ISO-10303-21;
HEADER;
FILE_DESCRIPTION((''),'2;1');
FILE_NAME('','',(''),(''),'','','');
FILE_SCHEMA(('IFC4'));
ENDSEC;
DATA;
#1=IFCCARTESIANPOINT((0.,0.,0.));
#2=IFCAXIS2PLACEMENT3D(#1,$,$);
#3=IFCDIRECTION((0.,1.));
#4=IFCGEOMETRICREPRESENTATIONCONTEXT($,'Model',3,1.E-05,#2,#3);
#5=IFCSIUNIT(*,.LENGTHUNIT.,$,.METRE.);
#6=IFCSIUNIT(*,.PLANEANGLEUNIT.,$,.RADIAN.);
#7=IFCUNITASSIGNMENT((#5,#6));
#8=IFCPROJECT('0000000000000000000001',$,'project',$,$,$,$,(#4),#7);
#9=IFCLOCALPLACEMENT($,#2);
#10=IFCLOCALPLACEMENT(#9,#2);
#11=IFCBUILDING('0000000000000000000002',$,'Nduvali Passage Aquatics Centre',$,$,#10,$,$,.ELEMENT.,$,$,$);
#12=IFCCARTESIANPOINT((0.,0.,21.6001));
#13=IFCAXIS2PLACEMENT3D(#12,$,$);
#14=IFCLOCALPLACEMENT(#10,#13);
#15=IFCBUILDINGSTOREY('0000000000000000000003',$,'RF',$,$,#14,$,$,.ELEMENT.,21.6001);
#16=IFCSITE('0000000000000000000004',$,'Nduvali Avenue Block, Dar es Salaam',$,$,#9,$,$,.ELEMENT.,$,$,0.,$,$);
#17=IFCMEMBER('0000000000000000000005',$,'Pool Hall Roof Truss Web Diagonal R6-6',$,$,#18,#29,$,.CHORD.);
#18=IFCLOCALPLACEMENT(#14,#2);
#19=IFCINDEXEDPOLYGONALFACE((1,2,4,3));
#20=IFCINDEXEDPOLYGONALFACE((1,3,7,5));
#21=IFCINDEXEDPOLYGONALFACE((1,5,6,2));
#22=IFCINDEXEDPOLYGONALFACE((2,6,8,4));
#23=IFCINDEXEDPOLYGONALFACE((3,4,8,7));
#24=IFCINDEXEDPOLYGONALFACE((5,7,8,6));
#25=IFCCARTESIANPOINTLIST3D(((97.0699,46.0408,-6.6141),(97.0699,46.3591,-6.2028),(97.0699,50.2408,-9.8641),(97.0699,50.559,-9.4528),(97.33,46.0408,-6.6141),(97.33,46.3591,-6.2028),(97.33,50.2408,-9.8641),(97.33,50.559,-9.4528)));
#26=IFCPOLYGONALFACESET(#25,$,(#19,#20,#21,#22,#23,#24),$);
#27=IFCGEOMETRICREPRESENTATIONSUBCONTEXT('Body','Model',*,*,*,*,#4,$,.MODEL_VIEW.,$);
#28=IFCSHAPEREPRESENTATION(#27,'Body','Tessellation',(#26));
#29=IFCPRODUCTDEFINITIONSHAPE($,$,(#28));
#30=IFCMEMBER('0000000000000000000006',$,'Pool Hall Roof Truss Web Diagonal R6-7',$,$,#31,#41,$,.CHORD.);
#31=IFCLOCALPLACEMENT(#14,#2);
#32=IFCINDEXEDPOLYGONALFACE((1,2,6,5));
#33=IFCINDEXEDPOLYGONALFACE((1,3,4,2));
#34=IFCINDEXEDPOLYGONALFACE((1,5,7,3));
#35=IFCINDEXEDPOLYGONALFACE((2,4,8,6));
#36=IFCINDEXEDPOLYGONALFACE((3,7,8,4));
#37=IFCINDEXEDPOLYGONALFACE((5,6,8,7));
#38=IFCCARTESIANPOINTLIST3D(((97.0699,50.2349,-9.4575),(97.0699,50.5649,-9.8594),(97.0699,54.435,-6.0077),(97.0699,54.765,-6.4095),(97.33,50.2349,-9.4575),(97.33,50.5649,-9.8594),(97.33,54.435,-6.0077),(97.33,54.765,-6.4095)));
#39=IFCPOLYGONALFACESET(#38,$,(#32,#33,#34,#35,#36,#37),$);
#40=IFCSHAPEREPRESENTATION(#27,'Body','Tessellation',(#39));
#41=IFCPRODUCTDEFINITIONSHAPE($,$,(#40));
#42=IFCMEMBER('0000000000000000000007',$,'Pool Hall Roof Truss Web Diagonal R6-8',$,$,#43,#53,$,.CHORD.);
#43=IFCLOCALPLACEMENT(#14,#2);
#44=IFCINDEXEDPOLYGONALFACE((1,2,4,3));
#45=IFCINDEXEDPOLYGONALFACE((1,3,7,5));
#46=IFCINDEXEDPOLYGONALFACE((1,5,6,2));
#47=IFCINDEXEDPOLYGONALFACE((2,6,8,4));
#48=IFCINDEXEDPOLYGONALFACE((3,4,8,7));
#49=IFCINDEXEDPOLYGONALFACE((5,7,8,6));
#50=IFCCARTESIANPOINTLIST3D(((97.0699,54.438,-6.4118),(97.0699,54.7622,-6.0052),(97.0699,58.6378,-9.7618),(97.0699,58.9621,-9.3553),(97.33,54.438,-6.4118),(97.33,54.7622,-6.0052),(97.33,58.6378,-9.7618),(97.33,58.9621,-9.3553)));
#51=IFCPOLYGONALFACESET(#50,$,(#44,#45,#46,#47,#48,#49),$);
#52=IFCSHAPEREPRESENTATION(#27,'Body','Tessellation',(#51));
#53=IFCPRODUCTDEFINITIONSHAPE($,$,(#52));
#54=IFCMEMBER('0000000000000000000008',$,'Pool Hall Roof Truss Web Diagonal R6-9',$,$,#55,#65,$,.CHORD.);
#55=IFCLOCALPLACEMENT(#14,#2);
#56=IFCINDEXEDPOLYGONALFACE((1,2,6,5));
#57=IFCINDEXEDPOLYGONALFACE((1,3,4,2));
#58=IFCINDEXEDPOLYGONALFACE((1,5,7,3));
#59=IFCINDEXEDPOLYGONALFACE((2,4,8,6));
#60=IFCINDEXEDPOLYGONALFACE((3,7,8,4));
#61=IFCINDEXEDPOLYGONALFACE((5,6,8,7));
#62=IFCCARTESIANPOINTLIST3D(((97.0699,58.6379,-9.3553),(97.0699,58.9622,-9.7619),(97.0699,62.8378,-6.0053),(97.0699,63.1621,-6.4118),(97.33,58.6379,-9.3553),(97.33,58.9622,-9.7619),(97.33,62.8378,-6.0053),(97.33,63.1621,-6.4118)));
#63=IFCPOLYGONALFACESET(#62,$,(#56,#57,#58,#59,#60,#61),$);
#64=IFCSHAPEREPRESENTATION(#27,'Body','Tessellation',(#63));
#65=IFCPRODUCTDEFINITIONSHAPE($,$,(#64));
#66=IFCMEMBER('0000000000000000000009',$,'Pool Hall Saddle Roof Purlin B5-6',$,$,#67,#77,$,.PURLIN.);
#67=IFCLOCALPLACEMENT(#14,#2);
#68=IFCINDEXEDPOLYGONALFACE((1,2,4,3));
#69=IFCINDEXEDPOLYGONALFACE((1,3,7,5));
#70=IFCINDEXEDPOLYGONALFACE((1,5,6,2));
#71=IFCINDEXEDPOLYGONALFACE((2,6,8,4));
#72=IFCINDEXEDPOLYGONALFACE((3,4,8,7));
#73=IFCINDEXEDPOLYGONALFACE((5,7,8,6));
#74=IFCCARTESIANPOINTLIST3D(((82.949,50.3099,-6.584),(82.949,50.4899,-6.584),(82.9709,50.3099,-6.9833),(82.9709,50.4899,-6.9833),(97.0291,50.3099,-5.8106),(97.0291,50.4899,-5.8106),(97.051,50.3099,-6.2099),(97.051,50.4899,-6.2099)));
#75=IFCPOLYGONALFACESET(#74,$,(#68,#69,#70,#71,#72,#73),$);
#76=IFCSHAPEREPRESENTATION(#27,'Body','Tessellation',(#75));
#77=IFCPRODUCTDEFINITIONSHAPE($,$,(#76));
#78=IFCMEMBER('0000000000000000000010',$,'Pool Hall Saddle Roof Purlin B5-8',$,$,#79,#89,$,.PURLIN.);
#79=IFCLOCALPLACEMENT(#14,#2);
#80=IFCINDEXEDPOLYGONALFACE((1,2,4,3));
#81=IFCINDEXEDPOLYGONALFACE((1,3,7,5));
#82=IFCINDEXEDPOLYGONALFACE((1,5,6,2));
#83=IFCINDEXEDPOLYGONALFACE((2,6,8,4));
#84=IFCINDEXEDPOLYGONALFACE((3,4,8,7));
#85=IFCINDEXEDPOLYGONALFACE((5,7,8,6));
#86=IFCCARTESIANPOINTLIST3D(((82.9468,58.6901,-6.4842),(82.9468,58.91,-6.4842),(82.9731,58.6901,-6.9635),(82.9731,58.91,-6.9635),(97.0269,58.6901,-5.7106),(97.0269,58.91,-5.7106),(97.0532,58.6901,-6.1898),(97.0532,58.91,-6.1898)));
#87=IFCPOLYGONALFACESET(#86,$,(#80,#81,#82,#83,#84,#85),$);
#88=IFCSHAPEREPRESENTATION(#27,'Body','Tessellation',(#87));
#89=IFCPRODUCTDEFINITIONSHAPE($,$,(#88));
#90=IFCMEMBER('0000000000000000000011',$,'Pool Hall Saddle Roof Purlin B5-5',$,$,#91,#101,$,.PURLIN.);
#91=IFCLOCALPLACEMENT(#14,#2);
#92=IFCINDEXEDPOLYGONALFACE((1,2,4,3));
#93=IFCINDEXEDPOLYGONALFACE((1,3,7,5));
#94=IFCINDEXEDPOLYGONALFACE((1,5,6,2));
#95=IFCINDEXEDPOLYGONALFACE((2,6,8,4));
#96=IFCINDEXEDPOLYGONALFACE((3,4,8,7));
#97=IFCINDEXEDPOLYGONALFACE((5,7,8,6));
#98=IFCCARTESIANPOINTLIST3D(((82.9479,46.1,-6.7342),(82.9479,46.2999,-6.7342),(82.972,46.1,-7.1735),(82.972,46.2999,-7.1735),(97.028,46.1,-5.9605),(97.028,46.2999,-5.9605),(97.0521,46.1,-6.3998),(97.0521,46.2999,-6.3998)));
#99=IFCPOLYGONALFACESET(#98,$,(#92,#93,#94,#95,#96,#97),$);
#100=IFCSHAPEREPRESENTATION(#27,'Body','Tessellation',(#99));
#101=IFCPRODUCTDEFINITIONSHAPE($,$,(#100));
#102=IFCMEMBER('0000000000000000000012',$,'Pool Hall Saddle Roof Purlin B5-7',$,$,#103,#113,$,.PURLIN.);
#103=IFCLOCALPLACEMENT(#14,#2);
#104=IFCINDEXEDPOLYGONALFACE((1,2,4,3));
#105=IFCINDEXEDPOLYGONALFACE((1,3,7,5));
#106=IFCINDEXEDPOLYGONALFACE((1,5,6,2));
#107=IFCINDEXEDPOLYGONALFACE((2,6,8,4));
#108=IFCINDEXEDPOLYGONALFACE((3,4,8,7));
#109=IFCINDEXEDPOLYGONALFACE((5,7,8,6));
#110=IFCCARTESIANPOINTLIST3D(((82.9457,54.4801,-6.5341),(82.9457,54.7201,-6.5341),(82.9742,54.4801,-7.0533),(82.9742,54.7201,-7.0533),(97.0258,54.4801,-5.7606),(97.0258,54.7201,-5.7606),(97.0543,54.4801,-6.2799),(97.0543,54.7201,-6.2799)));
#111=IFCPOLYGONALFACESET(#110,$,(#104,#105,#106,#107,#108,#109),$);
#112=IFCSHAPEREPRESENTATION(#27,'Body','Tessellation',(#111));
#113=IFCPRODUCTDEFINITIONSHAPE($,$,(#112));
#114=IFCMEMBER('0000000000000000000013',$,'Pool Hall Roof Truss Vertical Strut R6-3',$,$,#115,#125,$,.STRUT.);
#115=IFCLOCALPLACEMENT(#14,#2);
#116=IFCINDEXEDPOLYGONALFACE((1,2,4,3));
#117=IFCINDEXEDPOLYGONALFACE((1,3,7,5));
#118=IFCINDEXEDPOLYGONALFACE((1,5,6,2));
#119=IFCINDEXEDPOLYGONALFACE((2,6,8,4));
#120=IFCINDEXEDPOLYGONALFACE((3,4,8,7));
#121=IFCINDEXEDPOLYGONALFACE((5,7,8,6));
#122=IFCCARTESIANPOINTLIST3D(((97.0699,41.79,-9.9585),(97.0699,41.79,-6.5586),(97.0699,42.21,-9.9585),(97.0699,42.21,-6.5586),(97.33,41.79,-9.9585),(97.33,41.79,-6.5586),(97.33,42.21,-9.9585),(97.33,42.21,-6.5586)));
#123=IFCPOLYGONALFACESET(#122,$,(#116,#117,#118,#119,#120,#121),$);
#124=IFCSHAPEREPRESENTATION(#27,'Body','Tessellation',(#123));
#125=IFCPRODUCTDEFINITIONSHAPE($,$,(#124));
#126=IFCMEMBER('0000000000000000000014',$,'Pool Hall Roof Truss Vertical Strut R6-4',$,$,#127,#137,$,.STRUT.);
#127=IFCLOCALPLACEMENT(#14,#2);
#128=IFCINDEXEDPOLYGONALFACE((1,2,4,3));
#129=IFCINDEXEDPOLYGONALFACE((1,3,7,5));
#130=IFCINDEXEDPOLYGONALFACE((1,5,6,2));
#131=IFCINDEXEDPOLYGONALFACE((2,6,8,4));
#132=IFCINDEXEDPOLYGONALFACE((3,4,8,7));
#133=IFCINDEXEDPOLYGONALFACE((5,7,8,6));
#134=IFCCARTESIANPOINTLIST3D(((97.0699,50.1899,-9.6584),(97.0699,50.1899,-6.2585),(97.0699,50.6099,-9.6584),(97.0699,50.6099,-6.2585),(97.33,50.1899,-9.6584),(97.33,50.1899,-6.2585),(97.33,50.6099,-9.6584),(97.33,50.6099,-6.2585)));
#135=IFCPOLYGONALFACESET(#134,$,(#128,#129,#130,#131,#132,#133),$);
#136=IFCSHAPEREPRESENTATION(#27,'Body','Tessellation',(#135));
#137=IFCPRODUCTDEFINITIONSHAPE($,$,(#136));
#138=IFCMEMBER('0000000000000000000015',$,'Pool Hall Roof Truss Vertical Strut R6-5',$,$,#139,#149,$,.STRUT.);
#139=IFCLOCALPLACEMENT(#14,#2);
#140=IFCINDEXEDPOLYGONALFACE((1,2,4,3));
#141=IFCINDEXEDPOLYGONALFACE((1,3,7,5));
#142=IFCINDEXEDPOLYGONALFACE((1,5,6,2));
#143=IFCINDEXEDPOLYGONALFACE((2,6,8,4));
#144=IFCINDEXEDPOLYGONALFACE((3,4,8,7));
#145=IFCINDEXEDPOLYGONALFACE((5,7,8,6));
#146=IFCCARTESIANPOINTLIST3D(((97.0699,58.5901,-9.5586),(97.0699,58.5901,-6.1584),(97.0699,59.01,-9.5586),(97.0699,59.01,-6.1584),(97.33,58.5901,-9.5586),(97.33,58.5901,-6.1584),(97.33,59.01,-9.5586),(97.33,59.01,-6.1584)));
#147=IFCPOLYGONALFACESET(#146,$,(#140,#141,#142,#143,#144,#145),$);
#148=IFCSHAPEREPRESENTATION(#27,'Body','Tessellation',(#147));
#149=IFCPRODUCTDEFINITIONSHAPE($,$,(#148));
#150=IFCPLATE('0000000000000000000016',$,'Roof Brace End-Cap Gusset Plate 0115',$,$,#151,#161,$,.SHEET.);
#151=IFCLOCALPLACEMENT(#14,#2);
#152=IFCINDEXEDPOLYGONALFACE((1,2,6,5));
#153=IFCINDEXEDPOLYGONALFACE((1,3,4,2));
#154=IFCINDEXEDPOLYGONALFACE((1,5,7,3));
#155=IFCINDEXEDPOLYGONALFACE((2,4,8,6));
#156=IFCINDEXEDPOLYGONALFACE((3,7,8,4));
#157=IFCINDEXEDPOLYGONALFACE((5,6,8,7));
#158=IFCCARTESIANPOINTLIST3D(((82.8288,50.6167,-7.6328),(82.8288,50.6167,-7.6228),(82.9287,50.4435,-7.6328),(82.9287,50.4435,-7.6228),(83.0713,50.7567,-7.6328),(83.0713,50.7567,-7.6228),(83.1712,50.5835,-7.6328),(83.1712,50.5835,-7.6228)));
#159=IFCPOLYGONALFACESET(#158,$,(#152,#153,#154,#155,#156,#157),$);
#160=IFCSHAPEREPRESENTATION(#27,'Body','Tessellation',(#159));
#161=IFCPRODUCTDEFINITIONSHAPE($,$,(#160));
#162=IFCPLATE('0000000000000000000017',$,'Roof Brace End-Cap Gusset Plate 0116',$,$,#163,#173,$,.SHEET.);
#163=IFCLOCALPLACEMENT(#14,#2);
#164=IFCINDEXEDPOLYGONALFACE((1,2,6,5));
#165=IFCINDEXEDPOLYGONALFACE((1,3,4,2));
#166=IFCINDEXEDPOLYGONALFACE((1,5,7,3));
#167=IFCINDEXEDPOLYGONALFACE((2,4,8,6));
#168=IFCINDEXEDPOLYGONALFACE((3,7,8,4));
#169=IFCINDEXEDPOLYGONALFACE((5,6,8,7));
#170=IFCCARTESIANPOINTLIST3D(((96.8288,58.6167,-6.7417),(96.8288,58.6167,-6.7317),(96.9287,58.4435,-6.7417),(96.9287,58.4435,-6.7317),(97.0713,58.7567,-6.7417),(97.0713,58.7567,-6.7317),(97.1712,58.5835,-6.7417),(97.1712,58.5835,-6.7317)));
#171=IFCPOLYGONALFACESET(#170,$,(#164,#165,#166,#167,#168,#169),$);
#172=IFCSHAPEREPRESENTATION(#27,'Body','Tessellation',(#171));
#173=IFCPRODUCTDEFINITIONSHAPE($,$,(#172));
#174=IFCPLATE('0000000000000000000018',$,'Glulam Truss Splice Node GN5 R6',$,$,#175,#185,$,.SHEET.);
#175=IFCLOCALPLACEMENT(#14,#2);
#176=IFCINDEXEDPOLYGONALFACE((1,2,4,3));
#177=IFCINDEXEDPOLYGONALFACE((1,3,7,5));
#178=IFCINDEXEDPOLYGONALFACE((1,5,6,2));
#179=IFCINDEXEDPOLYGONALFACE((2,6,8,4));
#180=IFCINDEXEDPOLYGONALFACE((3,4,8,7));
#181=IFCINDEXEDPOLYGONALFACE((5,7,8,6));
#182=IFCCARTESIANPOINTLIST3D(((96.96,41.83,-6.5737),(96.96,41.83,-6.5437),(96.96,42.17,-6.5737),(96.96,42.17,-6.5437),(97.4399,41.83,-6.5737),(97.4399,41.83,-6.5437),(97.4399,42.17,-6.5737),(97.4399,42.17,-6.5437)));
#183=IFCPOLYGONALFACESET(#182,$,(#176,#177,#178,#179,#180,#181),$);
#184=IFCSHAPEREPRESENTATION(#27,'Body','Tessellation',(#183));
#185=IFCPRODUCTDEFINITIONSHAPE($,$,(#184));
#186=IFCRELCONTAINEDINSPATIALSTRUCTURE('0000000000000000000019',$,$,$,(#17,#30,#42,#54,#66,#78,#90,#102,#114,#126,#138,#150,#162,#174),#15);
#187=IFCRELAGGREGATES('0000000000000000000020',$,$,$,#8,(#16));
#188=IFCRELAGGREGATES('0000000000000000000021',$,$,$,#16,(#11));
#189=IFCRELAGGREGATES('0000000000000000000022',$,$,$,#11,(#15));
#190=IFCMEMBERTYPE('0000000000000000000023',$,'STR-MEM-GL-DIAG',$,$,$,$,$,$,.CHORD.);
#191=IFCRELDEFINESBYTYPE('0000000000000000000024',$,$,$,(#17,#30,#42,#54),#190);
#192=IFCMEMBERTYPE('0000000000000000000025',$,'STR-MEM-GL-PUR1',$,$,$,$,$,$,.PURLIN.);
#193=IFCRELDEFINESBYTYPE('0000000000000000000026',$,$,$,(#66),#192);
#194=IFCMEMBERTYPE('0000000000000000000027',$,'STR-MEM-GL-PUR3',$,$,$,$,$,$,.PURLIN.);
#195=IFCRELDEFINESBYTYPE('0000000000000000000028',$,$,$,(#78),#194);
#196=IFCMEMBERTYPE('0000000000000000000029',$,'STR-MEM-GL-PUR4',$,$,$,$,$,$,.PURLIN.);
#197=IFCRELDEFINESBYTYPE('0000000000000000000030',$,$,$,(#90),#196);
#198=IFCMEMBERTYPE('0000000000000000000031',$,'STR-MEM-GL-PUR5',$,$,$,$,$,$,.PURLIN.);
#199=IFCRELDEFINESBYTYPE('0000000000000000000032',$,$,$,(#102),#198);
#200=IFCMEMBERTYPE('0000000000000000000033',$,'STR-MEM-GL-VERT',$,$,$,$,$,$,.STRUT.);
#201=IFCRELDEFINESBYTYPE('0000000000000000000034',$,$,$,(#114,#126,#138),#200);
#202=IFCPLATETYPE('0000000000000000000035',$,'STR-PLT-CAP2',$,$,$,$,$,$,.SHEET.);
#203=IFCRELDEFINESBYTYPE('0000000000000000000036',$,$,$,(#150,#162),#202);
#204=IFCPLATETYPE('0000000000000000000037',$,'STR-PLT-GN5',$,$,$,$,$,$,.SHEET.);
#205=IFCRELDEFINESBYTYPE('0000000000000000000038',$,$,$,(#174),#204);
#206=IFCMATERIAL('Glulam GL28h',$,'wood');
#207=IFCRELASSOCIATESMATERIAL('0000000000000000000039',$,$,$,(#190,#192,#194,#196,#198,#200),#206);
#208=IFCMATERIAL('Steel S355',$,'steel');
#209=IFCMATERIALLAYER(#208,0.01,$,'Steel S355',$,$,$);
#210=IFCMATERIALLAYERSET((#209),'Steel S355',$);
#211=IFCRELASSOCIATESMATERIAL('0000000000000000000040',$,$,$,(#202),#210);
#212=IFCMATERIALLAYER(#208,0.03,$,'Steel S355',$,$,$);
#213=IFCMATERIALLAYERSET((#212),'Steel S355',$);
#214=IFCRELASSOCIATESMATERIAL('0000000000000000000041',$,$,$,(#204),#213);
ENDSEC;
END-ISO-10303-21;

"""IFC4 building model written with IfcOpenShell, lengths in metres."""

from ifc_helpers import new_model, si_unit, direction, frame, origin, origin_2d, place, context, subcontext, project, spatial, rectangle, extrude, material, layer, layer_set, material_profile, profile_set, type_object, element, save


model = new_model("IFC4")

# Units and contexts
model_context = context("Model", 3, precision=1e-05, world=origin(), true_north=direction((0.0, 1.0)))
body_context = subcontext(model_context, "Body", "Model", "MODEL_VIEW")
ifc_project = project(units=[si_unit("LENGTHUNIT", "METRE"), si_unit("PLANEANGLEUNIT", "RADIAN")], contexts=[model_context])

# Site, building, storey
site_placement = place(None, origin())
site = spatial("IfcSite", under=ifc_project, at=site_placement, Name="Nduvali Avenue Block, Dar es Salaam", CompositionType="ELEMENT", RefElevation=0.0)
building_placement = place(site_placement, origin())
building = spatial("IfcBuilding", under=site, at=building_placement, Name="Nduvali Passage Aquatics Centre", CompositionType="ELEMENT")
storey_placement = place(building_placement, frame((0.0, 0.0, 21.6001)))
storey = spatial("IfcBuildingStorey", under=building, at=storey_placement, Name="RF", CompositionType="ELEMENT", Elevation=21.6001)

# Members
ifc_material_1 = material(Name="Steel S355", Category="steel")
ifc_material_2 = material(Name="Glulam GL28h", Category="wood")
ifc_material_profile_1 = material_profile(ifc_material_2, rectangle(XDim=0.26, YDim=0.52, at=origin_2d()), Name="GL28h 260x520")
ifc_profile_set_1 = profile_set([ifc_material_profile_1], Name="Glulam GL28h")
member_type_1 = type_object("IfcMemberType", Name="STR-MEM-GL-DIAG", PredefinedType="CHORD", material=ifc_profile_set_1)
member_1_placement = place(storey_placement, frame((97.2, 46.2, -6.4084), z_axis=(0.0, 0.790867, -0.611988), x_axis=(-1.0, 0.0, 0.0)))
element("IfcMember", 1, at=member_1_placement, inside=storey, type_object=member_type_1, Name="Pool Hall Roof Truss Web Diagonal R6-6", PredefinedType="CHORD", context=body_context, shape_type="SweptSolid", body=[
    extrude(rectangle(XDim=0.26, YDim=0.52, at=origin_2d()), origin(), (0.0, 0.0, 1.0), 5.3105),
])
member_2_placement = place(storey_placement, frame((97.2, 50.3999, -9.6584), z_axis=(0.0, 0.772745, 0.634716), x_axis=(-1.0, 0.0, 0.0)))
element("IfcMember", 2, at=member_2_placement, inside=storey, type_object=member_type_1, Name="Pool Hall Roof Truss Web Diagonal R6-7", PredefinedType="CHORD", context=body_context, shape_type="SweptSolid", body=[
    extrude(rectangle(XDim=0.26, YDim=0.52, at=origin_2d()), origin(), (0.0, 0.0, 1.0), 5.4353),
])
for number, where, z_axis, x_axis, name in (
    (3, (97.2, 54.6001, -6.2085), (0.0, 0.781764, -0.623575), (-1.0, 0.0, 0.0), "Pool Hall Roof Truss Web Diagonal R6-8"),
    (4, (97.2, 58.8, -9.5586), (0.0, 0.781764, 0.623575), (-1.0, 0.0, 0.0), "Pool Hall Roof Truss Web Diagonal R6-9"),
):
    element("IfcMember", number, at=place(storey_placement, frame(where, z_axis=z_axis, x_axis=x_axis)), inside=storey, type_object=member_type_1, Name=name, PredefinedType="CHORD", context=body_context, shape_type="SweptSolid", body=[
        extrude(rectangle(XDim=0.26, YDim=0.52, at=origin_2d()), origin(), (0.0, 0.0, 1.0), 5.3723),
    ])
ifc_material_profile_2 = material_profile(ifc_material_2, rectangle(XDim=0.1799, YDim=0.3999, at=origin_2d()), Name="GL28h 180x400")
ifc_profile_set_2 = profile_set([ifc_material_profile_2], Name="Glulam GL28h")
member_type_2 = type_object("IfcMemberType", Name="STR-MEM-GL-PUR1", PredefinedType="PURLIN", material=ifc_profile_set_2)
member_3_placement = place(storey_placement, frame((82.96, 50.3999, -6.7837), z_axis=(0.998495, 0.0, 0.054849), x_axis=(0.0, 1.0, 0.0)))
element("IfcMember", 5, at=member_3_placement, inside=storey, type_object=member_type_2, Name="Pool Hall Saddle Roof Purlin B5-6", PredefinedType="PURLIN", context=body_context, shape_type="SweptSolid", body=[
    extrude(rectangle(XDim=0.1799, YDim=0.3999, at=origin_2d()), origin(), (0.0, 0.0, 1.0), 14.1013),
])
ifc_material_profile_3 = material_profile(ifc_material_2, rectangle(XDim=0.22, YDim=0.48, at=origin_2d()), Name="GL28h 220x480")
ifc_profile_set_3 = profile_set([ifc_material_profile_3], Name="Glulam GL28h")
member_type_3 = type_object("IfcMemberType", Name="STR-MEM-GL-PUR3", PredefinedType="PURLIN", material=ifc_profile_set_3)
member_4_placement = place(storey_placement, frame((82.96, 58.8, -6.7239), z_axis=(0.998494, 0.0, 0.054866), x_axis=(0.0, 1.0, 0.0)))
element("IfcMember", 6, at=member_4_placement, inside=storey, type_object=member_type_3, Name="Pool Hall Saddle Roof Purlin B5-8", PredefinedType="PURLIN", context=body_context, shape_type="SweptSolid", body=[
    extrude(rectangle(XDim=0.22, YDim=0.48, at=origin_2d()), origin(), (0.0, 0.0, 1.0), 14.1013),
])
ifc_material_profile_4 = material_profile(ifc_material_2, rectangle(XDim=0.2, YDim=0.4399, at=origin_2d()), Name="GL28h 200x440")
ifc_profile_set_4 = profile_set([ifc_material_profile_4], Name="Glulam GL28h")
member_type_4 = type_object("IfcMemberType", Name="STR-MEM-GL-PUR4", PredefinedType="PURLIN", material=ifc_profile_set_4)
member_5_placement = place(storey_placement, frame((82.96, 46.2, -6.9539), z_axis=(0.998494, 0.0, 0.054866), x_axis=(0.0, 1.0, 0.0)))
element("IfcMember", 7, at=member_5_placement, inside=storey, type_object=member_type_4, Name="Pool Hall Saddle Roof Purlin B5-5", PredefinedType="PURLIN", context=body_context, shape_type="SweptSolid", body=[
    extrude(rectangle(XDim=0.2, YDim=0.4399, at=origin_2d()), origin(), (0.0, 0.0, 1.0), 14.1013),
])
ifc_material_profile_5 = material_profile(ifc_material_2, rectangle(XDim=0.24, YDim=0.52, at=origin_2d()), Name="GL28h 240x520")
ifc_profile_set_5 = profile_set([ifc_material_profile_5], Name="Glulam GL28h")
member_type_5 = type_object("IfcMemberType", Name="STR-MEM-GL-PUR5", PredefinedType="PURLIN", material=ifc_profile_set_5)
member_6_placement = place(storey_placement, frame((82.96, 54.6001, -6.7937), z_axis=(0.998495, 0.0, 0.054849), x_axis=(0.0, 1.0, 0.0)))
element("IfcMember", 8, at=member_6_placement, inside=storey, type_object=member_type_5, Name="Pool Hall Saddle Roof Purlin B5-7", PredefinedType="PURLIN", context=body_context, shape_type="SweptSolid", body=[
    extrude(rectangle(XDim=0.24, YDim=0.52, at=origin_2d()), origin(), (0.0, 0.0, 1.0), 14.1013),
])
ifc_material_profile_6 = material_profile(ifc_material_2, rectangle(XDim=0.26, YDim=0.4199, at=origin_2d()), Name="GL28h 260x420")
ifc_profile_set_6 = profile_set([ifc_material_profile_6], Name="Glulam GL28h")
member_type_6 = type_object("IfcMemberType", Name="STR-MEM-GL-VERT", PredefinedType="STRUT", material=ifc_profile_set_6)
for number, where, z_axis, x_axis, name in (
    (9, (97.2, 42.0, -9.9585), (0.0, 0.0, 1.0), (1.0, 0.0, 0.0), "Pool Hall Roof Truss Vertical Strut R6-3"),
    (10, (97.2, 50.3999, -9.6584), (0.0, 0.0, 1.0), (1.0, 0.0, 0.0), "Pool Hall Roof Truss Vertical Strut R6-4"),
):
    element("IfcMember", number, at=place(storey_placement, frame(where, z_axis=z_axis, x_axis=x_axis)), inside=storey, type_object=member_type_6, Name=name, PredefinedType="STRUT", context=body_context, shape_type="SweptSolid", body=[
        extrude(rectangle(XDim=0.26, YDim=0.4199, at=origin_2d()), origin(), (0.0, 0.0, 1.0), 3.3999),
    ])
member_7_placement = place(storey_placement, frame((97.2, 58.8, -9.5586), z_axis=(0.0, 0.0, 1.0), x_axis=(1.0, 0.0, 0.0)))
element("IfcMember", 11, at=member_7_placement, inside=storey, type_object=member_type_6, Name="Pool Hall Roof Truss Vertical Strut R6-5", PredefinedType="STRUT", context=body_context, shape_type="SweptSolid", body=[
    extrude(rectangle(XDim=0.26, YDim=0.4199, at=origin_2d()), origin(), (0.0, 0.0, 1.0), 3.4001),
])

# Plates
ifc_layer_1 = layer(ifc_material_1, 0.01, Name="Steel S355")
ifc_layer_set_1 = layer_set([ifc_layer_1], Name="Steel S355")
plate_type_1 = type_object("IfcPlateType", Name="STR-PLT-CAP2", PredefinedType="SHEET", material=ifc_layer_set_1)
for number, where, z_axis, x_axis, name in (
    (12, (83.0, 50.6001, -7.6328), (0.0, 0.0, 1.0), (0.866025, 0.5, 0.0), "Roof Brace End-Cap Gusset Plate 0115"),
    (13, (97.0, 58.6001, -6.7417), (0.0, 0.0, 1.0), (0.866025, 0.5, 0.0), "Roof Brace End-Cap Gusset Plate 0116"),
):
    element("IfcPlate", number, at=place(storey_placement, frame(where, z_axis=z_axis, x_axis=x_axis)), inside=storey, type_object=plate_type_1, Name=name, PredefinedType="SHEET", context=body_context, shape_type="SweptSolid", body=[
        extrude(rectangle(XDim=0.28, YDim=0.2, at=origin_2d()), origin(), (0.0, 0.0, 1.0), 0.01),
    ])
ifc_layer_2 = layer(ifc_material_1, 0.03, Name="Steel S355")
ifc_layer_set_2 = layer_set([ifc_layer_2], Name="Steel S355")
plate_type_2 = type_object("IfcPlateType", Name="STR-PLT-GN5", PredefinedType="SHEET", material=ifc_layer_set_2)
plate_1_placement = place(storey_placement, frame((97.2, 42.0, -6.5737), z_axis=(0.0, 0.0, 1.0), x_axis=(1.0, 0.0, 0.0)))
element("IfcPlate", 14, at=plate_1_placement, inside=storey, type_object=plate_type_2, Name="Glulam Truss Splice Node GN5 R6", PredefinedType="SHEET", context=body_context, shape_type="SweptSolid", body=[
    extrude(rectangle(XDim=0.48, YDim=0.3401, at=origin_2d()), origin(), (0.0, 0.0, 1.0), 0.03),
])

save(model, "model.ifc")
